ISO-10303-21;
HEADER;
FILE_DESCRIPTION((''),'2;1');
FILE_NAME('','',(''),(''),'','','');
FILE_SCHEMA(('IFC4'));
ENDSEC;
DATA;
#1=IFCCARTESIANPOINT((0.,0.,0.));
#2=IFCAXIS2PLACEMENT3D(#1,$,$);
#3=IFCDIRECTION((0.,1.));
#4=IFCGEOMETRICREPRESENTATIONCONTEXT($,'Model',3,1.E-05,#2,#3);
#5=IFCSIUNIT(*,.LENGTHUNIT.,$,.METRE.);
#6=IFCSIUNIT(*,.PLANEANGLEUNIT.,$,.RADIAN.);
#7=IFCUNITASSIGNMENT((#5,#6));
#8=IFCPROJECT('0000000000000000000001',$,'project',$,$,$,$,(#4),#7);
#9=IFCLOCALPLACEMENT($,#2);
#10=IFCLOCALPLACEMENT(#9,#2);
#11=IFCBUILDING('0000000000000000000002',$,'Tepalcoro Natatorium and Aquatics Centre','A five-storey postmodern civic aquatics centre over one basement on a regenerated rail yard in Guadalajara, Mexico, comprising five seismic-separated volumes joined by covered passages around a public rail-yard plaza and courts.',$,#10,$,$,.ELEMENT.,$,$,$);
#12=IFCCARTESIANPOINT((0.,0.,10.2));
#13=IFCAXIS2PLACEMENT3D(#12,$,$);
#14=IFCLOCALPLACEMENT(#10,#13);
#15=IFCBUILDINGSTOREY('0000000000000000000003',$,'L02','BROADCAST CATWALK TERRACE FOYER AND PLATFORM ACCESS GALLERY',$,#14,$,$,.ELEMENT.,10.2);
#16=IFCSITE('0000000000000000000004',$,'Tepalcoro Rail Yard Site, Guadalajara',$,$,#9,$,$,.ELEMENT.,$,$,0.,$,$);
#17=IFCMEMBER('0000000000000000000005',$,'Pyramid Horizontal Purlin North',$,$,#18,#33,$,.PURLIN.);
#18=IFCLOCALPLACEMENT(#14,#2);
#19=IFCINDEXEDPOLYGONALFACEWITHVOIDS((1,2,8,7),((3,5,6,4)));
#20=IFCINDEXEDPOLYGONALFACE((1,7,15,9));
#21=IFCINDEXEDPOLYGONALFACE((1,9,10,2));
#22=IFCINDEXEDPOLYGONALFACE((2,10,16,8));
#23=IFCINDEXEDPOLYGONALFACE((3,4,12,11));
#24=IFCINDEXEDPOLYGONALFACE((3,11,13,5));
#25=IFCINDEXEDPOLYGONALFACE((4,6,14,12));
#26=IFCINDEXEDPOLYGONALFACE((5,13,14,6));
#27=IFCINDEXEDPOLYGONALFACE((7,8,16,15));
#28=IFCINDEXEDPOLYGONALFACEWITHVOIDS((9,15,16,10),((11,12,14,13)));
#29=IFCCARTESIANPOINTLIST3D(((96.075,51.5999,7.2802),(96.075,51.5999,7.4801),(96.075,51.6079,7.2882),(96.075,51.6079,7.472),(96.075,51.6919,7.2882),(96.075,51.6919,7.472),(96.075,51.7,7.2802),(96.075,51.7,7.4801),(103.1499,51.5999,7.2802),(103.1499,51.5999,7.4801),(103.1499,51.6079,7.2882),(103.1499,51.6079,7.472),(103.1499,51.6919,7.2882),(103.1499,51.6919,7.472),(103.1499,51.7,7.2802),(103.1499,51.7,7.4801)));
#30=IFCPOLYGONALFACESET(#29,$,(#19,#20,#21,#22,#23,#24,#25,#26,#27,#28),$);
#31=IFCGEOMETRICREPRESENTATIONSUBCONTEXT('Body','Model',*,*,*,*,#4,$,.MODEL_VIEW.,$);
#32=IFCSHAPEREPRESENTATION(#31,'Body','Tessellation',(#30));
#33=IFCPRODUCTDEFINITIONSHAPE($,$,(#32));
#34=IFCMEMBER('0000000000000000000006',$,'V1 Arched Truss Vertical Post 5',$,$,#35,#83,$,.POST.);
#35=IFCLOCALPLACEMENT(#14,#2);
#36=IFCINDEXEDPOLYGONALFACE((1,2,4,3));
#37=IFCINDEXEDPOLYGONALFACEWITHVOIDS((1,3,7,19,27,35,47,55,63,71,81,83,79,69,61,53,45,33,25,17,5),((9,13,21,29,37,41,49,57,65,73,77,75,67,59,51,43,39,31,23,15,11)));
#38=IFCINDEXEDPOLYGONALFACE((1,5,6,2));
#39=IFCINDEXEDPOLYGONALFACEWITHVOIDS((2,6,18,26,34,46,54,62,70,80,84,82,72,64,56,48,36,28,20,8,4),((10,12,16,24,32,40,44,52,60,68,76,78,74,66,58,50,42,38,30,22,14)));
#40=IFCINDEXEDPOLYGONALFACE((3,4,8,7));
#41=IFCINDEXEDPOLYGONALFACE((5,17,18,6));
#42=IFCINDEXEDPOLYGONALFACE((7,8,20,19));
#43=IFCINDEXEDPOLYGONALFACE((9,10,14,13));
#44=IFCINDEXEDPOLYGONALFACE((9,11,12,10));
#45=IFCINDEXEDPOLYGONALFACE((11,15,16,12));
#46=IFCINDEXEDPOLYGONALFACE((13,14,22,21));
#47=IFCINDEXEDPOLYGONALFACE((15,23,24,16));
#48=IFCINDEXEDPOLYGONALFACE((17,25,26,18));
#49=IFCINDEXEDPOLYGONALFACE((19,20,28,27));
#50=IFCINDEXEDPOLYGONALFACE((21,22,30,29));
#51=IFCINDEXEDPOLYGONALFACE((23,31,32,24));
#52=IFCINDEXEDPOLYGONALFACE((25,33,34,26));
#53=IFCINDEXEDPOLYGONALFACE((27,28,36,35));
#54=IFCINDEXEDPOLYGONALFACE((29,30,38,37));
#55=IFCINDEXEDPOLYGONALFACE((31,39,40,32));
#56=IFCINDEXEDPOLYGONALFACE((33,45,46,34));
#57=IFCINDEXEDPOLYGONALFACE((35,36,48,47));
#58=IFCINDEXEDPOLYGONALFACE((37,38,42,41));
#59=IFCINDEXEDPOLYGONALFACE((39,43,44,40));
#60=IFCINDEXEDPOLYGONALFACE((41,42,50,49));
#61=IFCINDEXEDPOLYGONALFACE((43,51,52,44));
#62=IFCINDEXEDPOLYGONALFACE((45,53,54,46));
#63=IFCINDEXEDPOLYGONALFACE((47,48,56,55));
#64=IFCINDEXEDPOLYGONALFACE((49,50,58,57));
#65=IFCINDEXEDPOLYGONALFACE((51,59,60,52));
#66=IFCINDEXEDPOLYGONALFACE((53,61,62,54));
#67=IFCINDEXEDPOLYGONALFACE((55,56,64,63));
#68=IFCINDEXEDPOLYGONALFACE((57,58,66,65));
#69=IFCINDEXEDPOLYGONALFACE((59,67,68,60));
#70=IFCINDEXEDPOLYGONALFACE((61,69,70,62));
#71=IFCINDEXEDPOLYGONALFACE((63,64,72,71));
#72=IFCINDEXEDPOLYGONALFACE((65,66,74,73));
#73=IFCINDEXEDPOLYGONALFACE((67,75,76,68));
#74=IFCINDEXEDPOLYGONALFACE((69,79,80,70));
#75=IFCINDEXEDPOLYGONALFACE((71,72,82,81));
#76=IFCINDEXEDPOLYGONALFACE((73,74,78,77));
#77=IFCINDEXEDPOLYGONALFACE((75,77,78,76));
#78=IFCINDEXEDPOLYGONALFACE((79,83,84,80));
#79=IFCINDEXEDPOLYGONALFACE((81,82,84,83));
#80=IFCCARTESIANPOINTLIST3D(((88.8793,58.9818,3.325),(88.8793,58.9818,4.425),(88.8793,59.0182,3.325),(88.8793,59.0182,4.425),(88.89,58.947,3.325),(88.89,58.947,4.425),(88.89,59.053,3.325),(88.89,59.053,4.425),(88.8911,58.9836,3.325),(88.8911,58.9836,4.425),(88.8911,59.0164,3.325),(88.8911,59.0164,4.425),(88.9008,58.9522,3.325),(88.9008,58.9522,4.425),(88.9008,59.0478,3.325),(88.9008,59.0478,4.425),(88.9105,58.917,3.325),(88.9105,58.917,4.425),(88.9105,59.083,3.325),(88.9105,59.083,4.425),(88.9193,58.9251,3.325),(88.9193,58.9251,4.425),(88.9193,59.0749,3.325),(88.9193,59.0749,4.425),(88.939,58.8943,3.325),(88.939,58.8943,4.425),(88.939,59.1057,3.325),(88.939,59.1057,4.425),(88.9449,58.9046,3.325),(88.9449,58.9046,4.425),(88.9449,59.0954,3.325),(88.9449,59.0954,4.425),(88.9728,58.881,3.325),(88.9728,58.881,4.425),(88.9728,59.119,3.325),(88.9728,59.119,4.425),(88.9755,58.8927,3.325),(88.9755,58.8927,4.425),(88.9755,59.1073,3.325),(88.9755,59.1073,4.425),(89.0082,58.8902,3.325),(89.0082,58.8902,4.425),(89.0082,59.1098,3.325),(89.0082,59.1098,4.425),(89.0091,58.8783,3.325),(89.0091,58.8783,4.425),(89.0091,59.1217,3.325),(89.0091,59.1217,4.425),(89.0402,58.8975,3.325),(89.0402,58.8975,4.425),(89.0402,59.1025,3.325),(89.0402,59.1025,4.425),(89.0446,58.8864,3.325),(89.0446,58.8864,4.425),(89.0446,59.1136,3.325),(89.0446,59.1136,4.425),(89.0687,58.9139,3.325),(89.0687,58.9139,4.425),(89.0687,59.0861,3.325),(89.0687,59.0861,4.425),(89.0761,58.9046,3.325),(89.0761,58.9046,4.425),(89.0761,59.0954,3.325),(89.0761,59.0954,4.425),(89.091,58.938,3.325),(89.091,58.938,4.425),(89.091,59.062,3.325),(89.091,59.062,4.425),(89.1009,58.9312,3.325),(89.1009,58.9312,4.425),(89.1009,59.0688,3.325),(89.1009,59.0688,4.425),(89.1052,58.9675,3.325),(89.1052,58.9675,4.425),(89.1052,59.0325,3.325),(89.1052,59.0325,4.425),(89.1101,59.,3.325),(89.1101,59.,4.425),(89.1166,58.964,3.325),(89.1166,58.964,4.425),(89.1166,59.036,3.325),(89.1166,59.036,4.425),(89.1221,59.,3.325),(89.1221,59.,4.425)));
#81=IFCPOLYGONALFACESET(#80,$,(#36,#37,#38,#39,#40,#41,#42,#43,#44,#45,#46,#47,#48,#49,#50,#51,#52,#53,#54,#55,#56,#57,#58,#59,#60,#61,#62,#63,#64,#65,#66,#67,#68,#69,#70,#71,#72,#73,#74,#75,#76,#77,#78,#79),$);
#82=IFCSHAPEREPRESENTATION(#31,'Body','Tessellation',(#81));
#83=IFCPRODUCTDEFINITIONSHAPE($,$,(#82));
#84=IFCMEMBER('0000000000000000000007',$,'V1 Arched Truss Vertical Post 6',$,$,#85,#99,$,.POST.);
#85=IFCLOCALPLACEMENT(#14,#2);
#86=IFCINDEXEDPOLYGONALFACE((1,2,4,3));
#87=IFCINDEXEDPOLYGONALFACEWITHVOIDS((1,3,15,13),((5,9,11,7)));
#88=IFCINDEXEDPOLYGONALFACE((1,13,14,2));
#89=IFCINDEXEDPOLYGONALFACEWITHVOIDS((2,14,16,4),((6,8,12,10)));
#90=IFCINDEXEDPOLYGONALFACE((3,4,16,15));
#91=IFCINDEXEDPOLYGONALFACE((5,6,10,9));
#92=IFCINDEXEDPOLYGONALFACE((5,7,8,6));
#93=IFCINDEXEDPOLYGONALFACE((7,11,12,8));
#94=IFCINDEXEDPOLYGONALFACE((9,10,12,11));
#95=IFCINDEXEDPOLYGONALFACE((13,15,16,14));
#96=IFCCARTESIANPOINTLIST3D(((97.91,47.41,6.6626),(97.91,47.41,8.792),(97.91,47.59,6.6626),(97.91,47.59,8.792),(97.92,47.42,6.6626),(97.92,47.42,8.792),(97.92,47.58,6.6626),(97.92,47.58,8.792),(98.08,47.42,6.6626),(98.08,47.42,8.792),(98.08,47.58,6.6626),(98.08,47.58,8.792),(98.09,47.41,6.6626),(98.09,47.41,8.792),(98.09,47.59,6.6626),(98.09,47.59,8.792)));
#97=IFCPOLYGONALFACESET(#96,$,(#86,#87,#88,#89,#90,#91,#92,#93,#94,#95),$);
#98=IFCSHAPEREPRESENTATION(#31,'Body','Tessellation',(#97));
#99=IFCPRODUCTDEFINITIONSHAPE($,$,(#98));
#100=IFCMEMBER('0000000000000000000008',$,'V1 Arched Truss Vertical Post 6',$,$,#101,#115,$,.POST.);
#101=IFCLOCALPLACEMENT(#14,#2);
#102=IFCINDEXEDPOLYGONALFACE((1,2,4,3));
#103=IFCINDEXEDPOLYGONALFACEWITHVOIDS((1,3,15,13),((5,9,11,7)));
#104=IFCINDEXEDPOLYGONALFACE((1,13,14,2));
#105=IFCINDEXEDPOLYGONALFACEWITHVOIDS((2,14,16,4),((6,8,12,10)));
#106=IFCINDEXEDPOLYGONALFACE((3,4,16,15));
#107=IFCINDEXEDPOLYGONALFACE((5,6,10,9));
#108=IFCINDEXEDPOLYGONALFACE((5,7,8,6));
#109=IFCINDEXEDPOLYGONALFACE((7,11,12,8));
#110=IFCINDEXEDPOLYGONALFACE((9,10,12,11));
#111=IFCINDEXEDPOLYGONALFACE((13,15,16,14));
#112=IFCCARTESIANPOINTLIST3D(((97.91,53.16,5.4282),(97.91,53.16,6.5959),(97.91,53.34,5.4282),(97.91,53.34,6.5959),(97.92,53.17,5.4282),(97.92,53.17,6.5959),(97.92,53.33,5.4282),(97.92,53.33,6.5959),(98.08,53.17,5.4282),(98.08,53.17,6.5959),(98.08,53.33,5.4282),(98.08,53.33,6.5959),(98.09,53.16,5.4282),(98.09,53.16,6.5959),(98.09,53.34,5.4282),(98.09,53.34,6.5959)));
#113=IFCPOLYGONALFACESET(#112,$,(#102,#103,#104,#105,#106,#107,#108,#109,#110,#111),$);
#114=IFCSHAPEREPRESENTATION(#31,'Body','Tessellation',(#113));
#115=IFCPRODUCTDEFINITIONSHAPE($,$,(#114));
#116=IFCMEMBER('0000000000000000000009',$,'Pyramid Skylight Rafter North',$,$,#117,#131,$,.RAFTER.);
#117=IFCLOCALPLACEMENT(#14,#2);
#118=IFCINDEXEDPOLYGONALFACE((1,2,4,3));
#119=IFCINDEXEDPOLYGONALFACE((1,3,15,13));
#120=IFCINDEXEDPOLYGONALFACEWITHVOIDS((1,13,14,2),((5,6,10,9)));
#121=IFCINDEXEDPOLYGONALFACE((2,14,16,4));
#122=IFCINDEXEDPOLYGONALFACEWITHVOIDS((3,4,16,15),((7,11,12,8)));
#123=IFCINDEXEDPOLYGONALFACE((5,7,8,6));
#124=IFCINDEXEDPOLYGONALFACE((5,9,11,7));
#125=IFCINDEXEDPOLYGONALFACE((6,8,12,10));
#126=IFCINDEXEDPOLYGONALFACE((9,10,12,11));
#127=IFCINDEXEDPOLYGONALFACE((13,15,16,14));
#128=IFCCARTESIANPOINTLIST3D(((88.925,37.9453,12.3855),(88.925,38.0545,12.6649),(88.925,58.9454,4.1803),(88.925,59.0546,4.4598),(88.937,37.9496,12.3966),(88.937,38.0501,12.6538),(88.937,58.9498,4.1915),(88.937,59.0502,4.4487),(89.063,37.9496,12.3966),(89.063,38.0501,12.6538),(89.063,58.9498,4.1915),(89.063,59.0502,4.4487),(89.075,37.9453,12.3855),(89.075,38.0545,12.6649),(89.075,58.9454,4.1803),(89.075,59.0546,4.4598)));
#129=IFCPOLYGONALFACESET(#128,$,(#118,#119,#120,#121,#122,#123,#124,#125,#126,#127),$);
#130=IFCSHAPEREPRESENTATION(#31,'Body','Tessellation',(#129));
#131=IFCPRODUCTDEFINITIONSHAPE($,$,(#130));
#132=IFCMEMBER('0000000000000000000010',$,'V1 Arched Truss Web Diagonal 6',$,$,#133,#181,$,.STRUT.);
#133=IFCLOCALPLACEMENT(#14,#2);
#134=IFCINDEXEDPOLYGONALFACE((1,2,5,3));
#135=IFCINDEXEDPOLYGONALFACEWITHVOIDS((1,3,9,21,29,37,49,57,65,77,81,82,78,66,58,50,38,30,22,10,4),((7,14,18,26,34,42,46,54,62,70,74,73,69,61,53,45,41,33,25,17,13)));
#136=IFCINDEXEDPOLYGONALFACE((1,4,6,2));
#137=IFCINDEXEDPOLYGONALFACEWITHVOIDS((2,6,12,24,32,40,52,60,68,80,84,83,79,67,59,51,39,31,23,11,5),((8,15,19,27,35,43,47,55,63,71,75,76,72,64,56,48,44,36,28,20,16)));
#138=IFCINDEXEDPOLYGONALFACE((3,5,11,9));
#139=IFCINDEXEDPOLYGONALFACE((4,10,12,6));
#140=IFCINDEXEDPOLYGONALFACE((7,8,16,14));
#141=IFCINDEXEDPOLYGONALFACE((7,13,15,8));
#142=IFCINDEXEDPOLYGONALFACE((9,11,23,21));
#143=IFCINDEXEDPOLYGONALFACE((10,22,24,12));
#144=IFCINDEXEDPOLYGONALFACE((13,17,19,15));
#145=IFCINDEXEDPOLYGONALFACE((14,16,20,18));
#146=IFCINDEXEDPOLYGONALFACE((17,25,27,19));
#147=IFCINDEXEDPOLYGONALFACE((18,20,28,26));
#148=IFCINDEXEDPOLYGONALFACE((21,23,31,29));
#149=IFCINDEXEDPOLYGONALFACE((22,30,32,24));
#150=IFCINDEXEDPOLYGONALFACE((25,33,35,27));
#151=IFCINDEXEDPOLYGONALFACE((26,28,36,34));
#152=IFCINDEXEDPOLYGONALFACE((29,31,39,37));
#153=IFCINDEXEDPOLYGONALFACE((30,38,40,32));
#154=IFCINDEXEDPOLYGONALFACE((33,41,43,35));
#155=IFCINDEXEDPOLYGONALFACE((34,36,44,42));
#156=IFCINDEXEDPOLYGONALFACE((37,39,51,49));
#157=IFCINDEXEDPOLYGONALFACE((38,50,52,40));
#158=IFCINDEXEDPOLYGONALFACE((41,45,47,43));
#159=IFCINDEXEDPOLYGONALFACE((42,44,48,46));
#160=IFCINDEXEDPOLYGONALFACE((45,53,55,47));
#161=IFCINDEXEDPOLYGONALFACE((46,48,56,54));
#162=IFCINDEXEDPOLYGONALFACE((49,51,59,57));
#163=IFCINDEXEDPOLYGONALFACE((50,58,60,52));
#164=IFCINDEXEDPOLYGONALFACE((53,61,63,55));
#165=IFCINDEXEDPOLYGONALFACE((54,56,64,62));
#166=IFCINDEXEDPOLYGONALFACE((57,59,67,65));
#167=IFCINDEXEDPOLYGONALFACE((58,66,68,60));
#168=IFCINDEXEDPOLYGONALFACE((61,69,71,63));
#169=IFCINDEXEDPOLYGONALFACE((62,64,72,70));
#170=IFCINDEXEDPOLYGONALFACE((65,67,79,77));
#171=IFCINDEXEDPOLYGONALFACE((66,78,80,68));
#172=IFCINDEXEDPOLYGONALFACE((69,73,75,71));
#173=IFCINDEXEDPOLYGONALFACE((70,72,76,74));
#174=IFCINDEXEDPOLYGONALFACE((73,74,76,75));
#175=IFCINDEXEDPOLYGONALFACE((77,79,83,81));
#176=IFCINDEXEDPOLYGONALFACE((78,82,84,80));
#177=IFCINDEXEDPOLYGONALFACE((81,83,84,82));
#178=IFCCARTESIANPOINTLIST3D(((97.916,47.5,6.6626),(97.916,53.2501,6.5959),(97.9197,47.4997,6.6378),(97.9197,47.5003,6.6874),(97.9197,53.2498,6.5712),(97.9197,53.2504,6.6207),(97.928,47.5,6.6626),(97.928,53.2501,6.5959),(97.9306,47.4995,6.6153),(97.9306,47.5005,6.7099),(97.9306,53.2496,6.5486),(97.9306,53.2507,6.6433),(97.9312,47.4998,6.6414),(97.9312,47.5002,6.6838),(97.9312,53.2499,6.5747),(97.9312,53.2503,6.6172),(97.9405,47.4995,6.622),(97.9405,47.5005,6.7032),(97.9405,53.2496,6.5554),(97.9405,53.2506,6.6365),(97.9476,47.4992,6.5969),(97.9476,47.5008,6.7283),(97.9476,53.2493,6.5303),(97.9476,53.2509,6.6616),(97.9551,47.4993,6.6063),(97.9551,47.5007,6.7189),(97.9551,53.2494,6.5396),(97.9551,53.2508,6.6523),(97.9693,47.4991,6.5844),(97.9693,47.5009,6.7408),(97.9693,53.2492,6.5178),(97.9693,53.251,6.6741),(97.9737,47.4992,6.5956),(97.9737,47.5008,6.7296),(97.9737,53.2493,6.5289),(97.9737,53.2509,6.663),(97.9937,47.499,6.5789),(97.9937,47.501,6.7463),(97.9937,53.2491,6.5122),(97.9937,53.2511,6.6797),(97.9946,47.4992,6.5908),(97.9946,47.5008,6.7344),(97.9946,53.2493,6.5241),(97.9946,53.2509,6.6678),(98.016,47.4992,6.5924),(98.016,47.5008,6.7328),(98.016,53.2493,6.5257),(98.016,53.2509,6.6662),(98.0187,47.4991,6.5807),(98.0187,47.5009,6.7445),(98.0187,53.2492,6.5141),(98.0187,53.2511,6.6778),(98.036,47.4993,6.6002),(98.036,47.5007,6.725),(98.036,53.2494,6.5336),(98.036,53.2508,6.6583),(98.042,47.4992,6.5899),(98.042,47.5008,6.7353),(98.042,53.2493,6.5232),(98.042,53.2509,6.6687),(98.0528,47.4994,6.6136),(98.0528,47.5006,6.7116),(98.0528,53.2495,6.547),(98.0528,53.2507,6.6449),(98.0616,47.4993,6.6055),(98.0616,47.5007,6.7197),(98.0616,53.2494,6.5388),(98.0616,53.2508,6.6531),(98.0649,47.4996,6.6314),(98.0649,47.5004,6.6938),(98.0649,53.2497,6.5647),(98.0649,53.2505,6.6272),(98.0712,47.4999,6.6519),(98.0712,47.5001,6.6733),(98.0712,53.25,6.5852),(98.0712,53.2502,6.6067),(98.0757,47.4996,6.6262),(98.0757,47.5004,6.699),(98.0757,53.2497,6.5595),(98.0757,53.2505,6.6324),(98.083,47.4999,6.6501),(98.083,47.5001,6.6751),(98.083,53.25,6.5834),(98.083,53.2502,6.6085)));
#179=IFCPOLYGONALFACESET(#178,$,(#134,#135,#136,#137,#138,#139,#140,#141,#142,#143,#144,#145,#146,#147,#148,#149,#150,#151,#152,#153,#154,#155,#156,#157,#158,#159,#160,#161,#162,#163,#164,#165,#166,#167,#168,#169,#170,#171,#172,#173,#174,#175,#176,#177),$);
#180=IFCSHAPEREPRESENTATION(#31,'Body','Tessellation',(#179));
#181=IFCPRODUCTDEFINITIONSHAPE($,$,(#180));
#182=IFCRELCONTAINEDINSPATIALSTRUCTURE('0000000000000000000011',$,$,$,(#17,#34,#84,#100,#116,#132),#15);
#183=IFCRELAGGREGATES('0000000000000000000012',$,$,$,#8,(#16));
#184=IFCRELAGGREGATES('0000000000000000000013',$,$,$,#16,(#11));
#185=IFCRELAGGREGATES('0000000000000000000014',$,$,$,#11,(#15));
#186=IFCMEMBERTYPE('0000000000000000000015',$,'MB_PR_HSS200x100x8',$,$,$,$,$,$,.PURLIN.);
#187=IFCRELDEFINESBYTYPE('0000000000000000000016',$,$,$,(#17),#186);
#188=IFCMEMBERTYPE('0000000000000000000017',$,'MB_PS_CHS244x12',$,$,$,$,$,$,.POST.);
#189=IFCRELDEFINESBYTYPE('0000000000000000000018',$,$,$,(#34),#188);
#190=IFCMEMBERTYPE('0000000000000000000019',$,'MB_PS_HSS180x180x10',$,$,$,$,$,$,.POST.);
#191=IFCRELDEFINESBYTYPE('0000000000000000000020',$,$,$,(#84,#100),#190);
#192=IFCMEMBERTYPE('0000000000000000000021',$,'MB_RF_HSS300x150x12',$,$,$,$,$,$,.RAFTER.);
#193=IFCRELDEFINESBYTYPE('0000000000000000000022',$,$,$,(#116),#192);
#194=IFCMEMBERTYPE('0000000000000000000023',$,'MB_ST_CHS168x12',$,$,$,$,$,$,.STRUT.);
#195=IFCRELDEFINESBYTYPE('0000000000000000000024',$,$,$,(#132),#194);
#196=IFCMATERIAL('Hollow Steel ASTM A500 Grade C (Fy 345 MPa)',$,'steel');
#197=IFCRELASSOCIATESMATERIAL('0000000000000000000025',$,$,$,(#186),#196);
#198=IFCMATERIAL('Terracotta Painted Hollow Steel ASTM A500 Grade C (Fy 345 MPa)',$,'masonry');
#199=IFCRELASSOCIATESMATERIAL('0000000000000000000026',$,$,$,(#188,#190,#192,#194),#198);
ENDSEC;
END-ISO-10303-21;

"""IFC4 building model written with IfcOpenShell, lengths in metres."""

from ifc_helpers import new_model, si_unit, direction, frame, origin, origin_2d, place, context, subcontext, project, spatial, hollow_rectangle, hollow_circle, extrude, material, material_profile, profile_set, type_object, element, save


model = new_model("IFC4")

# Units and contexts
model_context = context("Model", 3, precision=1e-05, world=origin(), true_north=direction((0.0, 1.0)))
body_context = subcontext(model_context, "Body", "Model", "MODEL_VIEW")
ifc_project = project(units=[si_unit("LENGTHUNIT", "METRE"), si_unit("PLANEANGLEUNIT", "RADIAN")], contexts=[model_context])

# Site, building, storey
site_placement = place(None, origin())
site = spatial("IfcSite", under=ifc_project, at=site_placement, Name="Tepalcoro Rail Yard Site, Guadalajara", CompositionType="ELEMENT", RefElevation=0.0)
building_placement = place(site_placement, origin())
building = spatial("IfcBuilding", under=site, at=building_placement, Name="Tepalcoro Natatorium and Aquatics Centre", Description="A five-storey postmodern civic aquatics centre over one basement on a regenerated rail yard in Guadalajara, Mexico, comprising five seismic-separated volumes joined by covered passages around a public rail-yard plaza and courts.", CompositionType="ELEMENT")
storey_placement = place(building_placement, frame((0.0, 0.0, 10.2)))
storey = spatial("IfcBuildingStorey", under=building, at=storey_placement, Name="L02", Description="BROADCAST CATWALK TERRACE FOYER AND PLATFORM ACCESS GALLERY", CompositionType="ELEMENT", Elevation=10.2)

# Shared definitions
ifc_material_1 = material(Name="Terracotta Painted Hollow Steel ASTM A500 Grade C (Fy 345 MPa)", Category="masonry")

# Members
ifc_material_2 = material(Name="Hollow Steel ASTM A500 Grade C (Fy 345 MPa)", Category="steel")
ifc_material_profile_1 = material_profile(ifc_material_2, hollow_rectangle(XDim=0.1001, YDim=0.2, WallThickness=0.0081, at=origin_2d()), Name="HSS200X100X8")
ifc_profile_set_1 = profile_set([ifc_material_profile_1], Name="Hollow Steel ASTM A500 Grade C (Fy 345 MPa)")
member_type_1 = type_object("IfcMemberType", Name="MB_PR_HSS200x100x8", PredefinedType="PURLIN", material=ifc_profile_set_1)
member_1_placement = place(storey_placement, frame((96.075, 51.6499, 7.3801), z_axis=(1.0, 0.0, 0.0), x_axis=(0.0, 1.0, 0.0)))
element("IfcMember", 1, at=member_1_placement, inside=storey, type_object=member_type_1, Name="Pyramid Horizontal Purlin North", PredefinedType="PURLIN", context=body_context, shape_type="SweptSolid", body=[
    extrude(hollow_rectangle(XDim=0.1001, YDim=0.2, WallThickness=0.0081, at=origin_2d()), origin(), (0.0, 0.0, 1.0), 7.075),
])
ifc_material_profile_2 = material_profile(ifc_material_1, hollow_circle(Radius=0.1221, WallThickness=0.012, at=origin_2d()), Name="CHS244X12")
ifc_profile_set_2 = profile_set([ifc_material_profile_2], Name="Terracotta Painted Hollow Steel ASTM A500 Grade C (Fy 345 MPa)")
member_type_2 = type_object("IfcMemberType", Name="MB_PS_CHS244x12", PredefinedType="POST", material=ifc_profile_set_2)
member_2_placement = place(storey_placement, frame((89.0, 59.0, 3.325), z_axis=(0.0, 0.0, 1.0), x_axis=(1.0, 0.0, 0.0)))
element("IfcMember", 2, at=member_2_placement, inside=storey, type_object=member_type_2, Name="V1 Arched Truss Vertical Post 5", PredefinedType="POST", context=body_context, shape_type="SweptSolid", body=[
    extrude(hollow_circle(Radius=0.1221, WallThickness=0.012, at=origin_2d()), origin(), (0.0, 0.0, 1.0), 1.1001),
])
ifc_material_profile_3 = material_profile(ifc_material_1, hollow_rectangle(XDim=0.1799, YDim=0.1799, WallThickness=0.01, at=origin_2d()), Name="HSS180X180X10")
ifc_profile_set_3 = profile_set([ifc_material_profile_3], Name="Terracotta Painted Hollow Steel ASTM A500 Grade C (Fy 345 MPa)")
member_type_3 = type_object("IfcMemberType", Name="MB_PS_HSS180x180x10", PredefinedType="POST", material=ifc_profile_set_3)
member_3_placement = place(storey_placement, frame((98.0, 47.5, 6.6626), z_axis=(0.0, 0.0, 1.0), x_axis=(1.0, 0.0, 0.0)))
element("IfcMember", 3, at=member_3_placement, inside=storey, type_object=member_type_3, Name="V1 Arched Truss Vertical Post 6", PredefinedType="POST", context=body_context, shape_type="SweptSolid", body=[
    extrude(hollow_rectangle(XDim=0.1799, YDim=0.1799, WallThickness=0.01, at=origin_2d()), origin(), (0.0, 0.0, 1.0), 2.1294),
])
member_4_placement = place(storey_placement, frame((98.0, 53.25, 5.4282), z_axis=(0.0, 0.0, 1.0), x_axis=(1.0, 0.0, 0.0)))
element("IfcMember", 4, at=member_4_placement, inside=storey, type_object=member_type_3, Name="V1 Arched Truss Vertical Post 6", PredefinedType="POST", context=body_context, shape_type="SweptSolid", body=[
    extrude(hollow_rectangle(XDim=0.1799, YDim=0.1799, WallThickness=0.01, at=origin_2d()), origin(), (0.0, 0.0, 1.0), 1.1677),
])
ifc_material_profile_4 = material_profile(ifc_material_1, hollow_rectangle(XDim=0.1499, YDim=0.3, WallThickness=0.012, at=origin_2d()), Name="HSS300X150X12")
ifc_profile_set_4 = profile_set([ifc_material_profile_4], Name="Terracotta Painted Hollow Steel ASTM A500 Grade C (Fy 345 MPa)")
member_type_4 = type_object("IfcMemberType", Name="MB_RF_HSS300x150x12", PredefinedType="RAFTER", material=ifc_profile_set_4)
member_5_placement = place(storey_placement, frame((89.0, 59.0, 4.3201), z_axis=(0.0, -0.931428, 0.363926), x_axis=(1.0, 0.0, 0.0)))
element("IfcMember", 5, at=member_5_placement, inside=storey, type_object=member_type_4, Name="Pyramid Skylight Rafter North", PredefinedType="RAFTER", context=body_context, shape_type="SweptSolid", body=[
    extrude(hollow_rectangle(XDim=0.1499, YDim=0.3, WallThickness=0.012, at=origin_2d()), origin(), (0.0, 0.0, 1.0), 22.5461),
])
ifc_material_profile_5 = material_profile(ifc_material_1, hollow_circle(Radius=0.084, WallThickness=0.012, at=origin_2d()), Name="CHS168X12")
ifc_profile_set_5 = profile_set([ifc_material_profile_5], Name="Terracotta Painted Hollow Steel ASTM A500 Grade C (Fy 345 MPa)")
member_type_5 = type_object("IfcMemberType", Name="MB_ST_CHS168x12", PredefinedType="STRUT", material=ifc_profile_set_5)
member_6_placement = place(storey_placement, frame((98.0, 47.5, 6.6626), z_axis=(0.0, 0.999933, -0.011591), x_axis=(-1.0, 0.0, 0.0)))
element("IfcMember", 6, at=member_6_placement, inside=storey, type_object=member_type_5, Name="V1 Arched Truss Web Diagonal 6", PredefinedType="STRUT", context=body_context, shape_type="SweptSolid", body=[
    extrude(hollow_circle(Radius=0.084, WallThickness=0.012, at=origin_2d()), origin(), (0.0, 0.0, 1.0), 5.7505),
])

save(model, "model.ifc")
